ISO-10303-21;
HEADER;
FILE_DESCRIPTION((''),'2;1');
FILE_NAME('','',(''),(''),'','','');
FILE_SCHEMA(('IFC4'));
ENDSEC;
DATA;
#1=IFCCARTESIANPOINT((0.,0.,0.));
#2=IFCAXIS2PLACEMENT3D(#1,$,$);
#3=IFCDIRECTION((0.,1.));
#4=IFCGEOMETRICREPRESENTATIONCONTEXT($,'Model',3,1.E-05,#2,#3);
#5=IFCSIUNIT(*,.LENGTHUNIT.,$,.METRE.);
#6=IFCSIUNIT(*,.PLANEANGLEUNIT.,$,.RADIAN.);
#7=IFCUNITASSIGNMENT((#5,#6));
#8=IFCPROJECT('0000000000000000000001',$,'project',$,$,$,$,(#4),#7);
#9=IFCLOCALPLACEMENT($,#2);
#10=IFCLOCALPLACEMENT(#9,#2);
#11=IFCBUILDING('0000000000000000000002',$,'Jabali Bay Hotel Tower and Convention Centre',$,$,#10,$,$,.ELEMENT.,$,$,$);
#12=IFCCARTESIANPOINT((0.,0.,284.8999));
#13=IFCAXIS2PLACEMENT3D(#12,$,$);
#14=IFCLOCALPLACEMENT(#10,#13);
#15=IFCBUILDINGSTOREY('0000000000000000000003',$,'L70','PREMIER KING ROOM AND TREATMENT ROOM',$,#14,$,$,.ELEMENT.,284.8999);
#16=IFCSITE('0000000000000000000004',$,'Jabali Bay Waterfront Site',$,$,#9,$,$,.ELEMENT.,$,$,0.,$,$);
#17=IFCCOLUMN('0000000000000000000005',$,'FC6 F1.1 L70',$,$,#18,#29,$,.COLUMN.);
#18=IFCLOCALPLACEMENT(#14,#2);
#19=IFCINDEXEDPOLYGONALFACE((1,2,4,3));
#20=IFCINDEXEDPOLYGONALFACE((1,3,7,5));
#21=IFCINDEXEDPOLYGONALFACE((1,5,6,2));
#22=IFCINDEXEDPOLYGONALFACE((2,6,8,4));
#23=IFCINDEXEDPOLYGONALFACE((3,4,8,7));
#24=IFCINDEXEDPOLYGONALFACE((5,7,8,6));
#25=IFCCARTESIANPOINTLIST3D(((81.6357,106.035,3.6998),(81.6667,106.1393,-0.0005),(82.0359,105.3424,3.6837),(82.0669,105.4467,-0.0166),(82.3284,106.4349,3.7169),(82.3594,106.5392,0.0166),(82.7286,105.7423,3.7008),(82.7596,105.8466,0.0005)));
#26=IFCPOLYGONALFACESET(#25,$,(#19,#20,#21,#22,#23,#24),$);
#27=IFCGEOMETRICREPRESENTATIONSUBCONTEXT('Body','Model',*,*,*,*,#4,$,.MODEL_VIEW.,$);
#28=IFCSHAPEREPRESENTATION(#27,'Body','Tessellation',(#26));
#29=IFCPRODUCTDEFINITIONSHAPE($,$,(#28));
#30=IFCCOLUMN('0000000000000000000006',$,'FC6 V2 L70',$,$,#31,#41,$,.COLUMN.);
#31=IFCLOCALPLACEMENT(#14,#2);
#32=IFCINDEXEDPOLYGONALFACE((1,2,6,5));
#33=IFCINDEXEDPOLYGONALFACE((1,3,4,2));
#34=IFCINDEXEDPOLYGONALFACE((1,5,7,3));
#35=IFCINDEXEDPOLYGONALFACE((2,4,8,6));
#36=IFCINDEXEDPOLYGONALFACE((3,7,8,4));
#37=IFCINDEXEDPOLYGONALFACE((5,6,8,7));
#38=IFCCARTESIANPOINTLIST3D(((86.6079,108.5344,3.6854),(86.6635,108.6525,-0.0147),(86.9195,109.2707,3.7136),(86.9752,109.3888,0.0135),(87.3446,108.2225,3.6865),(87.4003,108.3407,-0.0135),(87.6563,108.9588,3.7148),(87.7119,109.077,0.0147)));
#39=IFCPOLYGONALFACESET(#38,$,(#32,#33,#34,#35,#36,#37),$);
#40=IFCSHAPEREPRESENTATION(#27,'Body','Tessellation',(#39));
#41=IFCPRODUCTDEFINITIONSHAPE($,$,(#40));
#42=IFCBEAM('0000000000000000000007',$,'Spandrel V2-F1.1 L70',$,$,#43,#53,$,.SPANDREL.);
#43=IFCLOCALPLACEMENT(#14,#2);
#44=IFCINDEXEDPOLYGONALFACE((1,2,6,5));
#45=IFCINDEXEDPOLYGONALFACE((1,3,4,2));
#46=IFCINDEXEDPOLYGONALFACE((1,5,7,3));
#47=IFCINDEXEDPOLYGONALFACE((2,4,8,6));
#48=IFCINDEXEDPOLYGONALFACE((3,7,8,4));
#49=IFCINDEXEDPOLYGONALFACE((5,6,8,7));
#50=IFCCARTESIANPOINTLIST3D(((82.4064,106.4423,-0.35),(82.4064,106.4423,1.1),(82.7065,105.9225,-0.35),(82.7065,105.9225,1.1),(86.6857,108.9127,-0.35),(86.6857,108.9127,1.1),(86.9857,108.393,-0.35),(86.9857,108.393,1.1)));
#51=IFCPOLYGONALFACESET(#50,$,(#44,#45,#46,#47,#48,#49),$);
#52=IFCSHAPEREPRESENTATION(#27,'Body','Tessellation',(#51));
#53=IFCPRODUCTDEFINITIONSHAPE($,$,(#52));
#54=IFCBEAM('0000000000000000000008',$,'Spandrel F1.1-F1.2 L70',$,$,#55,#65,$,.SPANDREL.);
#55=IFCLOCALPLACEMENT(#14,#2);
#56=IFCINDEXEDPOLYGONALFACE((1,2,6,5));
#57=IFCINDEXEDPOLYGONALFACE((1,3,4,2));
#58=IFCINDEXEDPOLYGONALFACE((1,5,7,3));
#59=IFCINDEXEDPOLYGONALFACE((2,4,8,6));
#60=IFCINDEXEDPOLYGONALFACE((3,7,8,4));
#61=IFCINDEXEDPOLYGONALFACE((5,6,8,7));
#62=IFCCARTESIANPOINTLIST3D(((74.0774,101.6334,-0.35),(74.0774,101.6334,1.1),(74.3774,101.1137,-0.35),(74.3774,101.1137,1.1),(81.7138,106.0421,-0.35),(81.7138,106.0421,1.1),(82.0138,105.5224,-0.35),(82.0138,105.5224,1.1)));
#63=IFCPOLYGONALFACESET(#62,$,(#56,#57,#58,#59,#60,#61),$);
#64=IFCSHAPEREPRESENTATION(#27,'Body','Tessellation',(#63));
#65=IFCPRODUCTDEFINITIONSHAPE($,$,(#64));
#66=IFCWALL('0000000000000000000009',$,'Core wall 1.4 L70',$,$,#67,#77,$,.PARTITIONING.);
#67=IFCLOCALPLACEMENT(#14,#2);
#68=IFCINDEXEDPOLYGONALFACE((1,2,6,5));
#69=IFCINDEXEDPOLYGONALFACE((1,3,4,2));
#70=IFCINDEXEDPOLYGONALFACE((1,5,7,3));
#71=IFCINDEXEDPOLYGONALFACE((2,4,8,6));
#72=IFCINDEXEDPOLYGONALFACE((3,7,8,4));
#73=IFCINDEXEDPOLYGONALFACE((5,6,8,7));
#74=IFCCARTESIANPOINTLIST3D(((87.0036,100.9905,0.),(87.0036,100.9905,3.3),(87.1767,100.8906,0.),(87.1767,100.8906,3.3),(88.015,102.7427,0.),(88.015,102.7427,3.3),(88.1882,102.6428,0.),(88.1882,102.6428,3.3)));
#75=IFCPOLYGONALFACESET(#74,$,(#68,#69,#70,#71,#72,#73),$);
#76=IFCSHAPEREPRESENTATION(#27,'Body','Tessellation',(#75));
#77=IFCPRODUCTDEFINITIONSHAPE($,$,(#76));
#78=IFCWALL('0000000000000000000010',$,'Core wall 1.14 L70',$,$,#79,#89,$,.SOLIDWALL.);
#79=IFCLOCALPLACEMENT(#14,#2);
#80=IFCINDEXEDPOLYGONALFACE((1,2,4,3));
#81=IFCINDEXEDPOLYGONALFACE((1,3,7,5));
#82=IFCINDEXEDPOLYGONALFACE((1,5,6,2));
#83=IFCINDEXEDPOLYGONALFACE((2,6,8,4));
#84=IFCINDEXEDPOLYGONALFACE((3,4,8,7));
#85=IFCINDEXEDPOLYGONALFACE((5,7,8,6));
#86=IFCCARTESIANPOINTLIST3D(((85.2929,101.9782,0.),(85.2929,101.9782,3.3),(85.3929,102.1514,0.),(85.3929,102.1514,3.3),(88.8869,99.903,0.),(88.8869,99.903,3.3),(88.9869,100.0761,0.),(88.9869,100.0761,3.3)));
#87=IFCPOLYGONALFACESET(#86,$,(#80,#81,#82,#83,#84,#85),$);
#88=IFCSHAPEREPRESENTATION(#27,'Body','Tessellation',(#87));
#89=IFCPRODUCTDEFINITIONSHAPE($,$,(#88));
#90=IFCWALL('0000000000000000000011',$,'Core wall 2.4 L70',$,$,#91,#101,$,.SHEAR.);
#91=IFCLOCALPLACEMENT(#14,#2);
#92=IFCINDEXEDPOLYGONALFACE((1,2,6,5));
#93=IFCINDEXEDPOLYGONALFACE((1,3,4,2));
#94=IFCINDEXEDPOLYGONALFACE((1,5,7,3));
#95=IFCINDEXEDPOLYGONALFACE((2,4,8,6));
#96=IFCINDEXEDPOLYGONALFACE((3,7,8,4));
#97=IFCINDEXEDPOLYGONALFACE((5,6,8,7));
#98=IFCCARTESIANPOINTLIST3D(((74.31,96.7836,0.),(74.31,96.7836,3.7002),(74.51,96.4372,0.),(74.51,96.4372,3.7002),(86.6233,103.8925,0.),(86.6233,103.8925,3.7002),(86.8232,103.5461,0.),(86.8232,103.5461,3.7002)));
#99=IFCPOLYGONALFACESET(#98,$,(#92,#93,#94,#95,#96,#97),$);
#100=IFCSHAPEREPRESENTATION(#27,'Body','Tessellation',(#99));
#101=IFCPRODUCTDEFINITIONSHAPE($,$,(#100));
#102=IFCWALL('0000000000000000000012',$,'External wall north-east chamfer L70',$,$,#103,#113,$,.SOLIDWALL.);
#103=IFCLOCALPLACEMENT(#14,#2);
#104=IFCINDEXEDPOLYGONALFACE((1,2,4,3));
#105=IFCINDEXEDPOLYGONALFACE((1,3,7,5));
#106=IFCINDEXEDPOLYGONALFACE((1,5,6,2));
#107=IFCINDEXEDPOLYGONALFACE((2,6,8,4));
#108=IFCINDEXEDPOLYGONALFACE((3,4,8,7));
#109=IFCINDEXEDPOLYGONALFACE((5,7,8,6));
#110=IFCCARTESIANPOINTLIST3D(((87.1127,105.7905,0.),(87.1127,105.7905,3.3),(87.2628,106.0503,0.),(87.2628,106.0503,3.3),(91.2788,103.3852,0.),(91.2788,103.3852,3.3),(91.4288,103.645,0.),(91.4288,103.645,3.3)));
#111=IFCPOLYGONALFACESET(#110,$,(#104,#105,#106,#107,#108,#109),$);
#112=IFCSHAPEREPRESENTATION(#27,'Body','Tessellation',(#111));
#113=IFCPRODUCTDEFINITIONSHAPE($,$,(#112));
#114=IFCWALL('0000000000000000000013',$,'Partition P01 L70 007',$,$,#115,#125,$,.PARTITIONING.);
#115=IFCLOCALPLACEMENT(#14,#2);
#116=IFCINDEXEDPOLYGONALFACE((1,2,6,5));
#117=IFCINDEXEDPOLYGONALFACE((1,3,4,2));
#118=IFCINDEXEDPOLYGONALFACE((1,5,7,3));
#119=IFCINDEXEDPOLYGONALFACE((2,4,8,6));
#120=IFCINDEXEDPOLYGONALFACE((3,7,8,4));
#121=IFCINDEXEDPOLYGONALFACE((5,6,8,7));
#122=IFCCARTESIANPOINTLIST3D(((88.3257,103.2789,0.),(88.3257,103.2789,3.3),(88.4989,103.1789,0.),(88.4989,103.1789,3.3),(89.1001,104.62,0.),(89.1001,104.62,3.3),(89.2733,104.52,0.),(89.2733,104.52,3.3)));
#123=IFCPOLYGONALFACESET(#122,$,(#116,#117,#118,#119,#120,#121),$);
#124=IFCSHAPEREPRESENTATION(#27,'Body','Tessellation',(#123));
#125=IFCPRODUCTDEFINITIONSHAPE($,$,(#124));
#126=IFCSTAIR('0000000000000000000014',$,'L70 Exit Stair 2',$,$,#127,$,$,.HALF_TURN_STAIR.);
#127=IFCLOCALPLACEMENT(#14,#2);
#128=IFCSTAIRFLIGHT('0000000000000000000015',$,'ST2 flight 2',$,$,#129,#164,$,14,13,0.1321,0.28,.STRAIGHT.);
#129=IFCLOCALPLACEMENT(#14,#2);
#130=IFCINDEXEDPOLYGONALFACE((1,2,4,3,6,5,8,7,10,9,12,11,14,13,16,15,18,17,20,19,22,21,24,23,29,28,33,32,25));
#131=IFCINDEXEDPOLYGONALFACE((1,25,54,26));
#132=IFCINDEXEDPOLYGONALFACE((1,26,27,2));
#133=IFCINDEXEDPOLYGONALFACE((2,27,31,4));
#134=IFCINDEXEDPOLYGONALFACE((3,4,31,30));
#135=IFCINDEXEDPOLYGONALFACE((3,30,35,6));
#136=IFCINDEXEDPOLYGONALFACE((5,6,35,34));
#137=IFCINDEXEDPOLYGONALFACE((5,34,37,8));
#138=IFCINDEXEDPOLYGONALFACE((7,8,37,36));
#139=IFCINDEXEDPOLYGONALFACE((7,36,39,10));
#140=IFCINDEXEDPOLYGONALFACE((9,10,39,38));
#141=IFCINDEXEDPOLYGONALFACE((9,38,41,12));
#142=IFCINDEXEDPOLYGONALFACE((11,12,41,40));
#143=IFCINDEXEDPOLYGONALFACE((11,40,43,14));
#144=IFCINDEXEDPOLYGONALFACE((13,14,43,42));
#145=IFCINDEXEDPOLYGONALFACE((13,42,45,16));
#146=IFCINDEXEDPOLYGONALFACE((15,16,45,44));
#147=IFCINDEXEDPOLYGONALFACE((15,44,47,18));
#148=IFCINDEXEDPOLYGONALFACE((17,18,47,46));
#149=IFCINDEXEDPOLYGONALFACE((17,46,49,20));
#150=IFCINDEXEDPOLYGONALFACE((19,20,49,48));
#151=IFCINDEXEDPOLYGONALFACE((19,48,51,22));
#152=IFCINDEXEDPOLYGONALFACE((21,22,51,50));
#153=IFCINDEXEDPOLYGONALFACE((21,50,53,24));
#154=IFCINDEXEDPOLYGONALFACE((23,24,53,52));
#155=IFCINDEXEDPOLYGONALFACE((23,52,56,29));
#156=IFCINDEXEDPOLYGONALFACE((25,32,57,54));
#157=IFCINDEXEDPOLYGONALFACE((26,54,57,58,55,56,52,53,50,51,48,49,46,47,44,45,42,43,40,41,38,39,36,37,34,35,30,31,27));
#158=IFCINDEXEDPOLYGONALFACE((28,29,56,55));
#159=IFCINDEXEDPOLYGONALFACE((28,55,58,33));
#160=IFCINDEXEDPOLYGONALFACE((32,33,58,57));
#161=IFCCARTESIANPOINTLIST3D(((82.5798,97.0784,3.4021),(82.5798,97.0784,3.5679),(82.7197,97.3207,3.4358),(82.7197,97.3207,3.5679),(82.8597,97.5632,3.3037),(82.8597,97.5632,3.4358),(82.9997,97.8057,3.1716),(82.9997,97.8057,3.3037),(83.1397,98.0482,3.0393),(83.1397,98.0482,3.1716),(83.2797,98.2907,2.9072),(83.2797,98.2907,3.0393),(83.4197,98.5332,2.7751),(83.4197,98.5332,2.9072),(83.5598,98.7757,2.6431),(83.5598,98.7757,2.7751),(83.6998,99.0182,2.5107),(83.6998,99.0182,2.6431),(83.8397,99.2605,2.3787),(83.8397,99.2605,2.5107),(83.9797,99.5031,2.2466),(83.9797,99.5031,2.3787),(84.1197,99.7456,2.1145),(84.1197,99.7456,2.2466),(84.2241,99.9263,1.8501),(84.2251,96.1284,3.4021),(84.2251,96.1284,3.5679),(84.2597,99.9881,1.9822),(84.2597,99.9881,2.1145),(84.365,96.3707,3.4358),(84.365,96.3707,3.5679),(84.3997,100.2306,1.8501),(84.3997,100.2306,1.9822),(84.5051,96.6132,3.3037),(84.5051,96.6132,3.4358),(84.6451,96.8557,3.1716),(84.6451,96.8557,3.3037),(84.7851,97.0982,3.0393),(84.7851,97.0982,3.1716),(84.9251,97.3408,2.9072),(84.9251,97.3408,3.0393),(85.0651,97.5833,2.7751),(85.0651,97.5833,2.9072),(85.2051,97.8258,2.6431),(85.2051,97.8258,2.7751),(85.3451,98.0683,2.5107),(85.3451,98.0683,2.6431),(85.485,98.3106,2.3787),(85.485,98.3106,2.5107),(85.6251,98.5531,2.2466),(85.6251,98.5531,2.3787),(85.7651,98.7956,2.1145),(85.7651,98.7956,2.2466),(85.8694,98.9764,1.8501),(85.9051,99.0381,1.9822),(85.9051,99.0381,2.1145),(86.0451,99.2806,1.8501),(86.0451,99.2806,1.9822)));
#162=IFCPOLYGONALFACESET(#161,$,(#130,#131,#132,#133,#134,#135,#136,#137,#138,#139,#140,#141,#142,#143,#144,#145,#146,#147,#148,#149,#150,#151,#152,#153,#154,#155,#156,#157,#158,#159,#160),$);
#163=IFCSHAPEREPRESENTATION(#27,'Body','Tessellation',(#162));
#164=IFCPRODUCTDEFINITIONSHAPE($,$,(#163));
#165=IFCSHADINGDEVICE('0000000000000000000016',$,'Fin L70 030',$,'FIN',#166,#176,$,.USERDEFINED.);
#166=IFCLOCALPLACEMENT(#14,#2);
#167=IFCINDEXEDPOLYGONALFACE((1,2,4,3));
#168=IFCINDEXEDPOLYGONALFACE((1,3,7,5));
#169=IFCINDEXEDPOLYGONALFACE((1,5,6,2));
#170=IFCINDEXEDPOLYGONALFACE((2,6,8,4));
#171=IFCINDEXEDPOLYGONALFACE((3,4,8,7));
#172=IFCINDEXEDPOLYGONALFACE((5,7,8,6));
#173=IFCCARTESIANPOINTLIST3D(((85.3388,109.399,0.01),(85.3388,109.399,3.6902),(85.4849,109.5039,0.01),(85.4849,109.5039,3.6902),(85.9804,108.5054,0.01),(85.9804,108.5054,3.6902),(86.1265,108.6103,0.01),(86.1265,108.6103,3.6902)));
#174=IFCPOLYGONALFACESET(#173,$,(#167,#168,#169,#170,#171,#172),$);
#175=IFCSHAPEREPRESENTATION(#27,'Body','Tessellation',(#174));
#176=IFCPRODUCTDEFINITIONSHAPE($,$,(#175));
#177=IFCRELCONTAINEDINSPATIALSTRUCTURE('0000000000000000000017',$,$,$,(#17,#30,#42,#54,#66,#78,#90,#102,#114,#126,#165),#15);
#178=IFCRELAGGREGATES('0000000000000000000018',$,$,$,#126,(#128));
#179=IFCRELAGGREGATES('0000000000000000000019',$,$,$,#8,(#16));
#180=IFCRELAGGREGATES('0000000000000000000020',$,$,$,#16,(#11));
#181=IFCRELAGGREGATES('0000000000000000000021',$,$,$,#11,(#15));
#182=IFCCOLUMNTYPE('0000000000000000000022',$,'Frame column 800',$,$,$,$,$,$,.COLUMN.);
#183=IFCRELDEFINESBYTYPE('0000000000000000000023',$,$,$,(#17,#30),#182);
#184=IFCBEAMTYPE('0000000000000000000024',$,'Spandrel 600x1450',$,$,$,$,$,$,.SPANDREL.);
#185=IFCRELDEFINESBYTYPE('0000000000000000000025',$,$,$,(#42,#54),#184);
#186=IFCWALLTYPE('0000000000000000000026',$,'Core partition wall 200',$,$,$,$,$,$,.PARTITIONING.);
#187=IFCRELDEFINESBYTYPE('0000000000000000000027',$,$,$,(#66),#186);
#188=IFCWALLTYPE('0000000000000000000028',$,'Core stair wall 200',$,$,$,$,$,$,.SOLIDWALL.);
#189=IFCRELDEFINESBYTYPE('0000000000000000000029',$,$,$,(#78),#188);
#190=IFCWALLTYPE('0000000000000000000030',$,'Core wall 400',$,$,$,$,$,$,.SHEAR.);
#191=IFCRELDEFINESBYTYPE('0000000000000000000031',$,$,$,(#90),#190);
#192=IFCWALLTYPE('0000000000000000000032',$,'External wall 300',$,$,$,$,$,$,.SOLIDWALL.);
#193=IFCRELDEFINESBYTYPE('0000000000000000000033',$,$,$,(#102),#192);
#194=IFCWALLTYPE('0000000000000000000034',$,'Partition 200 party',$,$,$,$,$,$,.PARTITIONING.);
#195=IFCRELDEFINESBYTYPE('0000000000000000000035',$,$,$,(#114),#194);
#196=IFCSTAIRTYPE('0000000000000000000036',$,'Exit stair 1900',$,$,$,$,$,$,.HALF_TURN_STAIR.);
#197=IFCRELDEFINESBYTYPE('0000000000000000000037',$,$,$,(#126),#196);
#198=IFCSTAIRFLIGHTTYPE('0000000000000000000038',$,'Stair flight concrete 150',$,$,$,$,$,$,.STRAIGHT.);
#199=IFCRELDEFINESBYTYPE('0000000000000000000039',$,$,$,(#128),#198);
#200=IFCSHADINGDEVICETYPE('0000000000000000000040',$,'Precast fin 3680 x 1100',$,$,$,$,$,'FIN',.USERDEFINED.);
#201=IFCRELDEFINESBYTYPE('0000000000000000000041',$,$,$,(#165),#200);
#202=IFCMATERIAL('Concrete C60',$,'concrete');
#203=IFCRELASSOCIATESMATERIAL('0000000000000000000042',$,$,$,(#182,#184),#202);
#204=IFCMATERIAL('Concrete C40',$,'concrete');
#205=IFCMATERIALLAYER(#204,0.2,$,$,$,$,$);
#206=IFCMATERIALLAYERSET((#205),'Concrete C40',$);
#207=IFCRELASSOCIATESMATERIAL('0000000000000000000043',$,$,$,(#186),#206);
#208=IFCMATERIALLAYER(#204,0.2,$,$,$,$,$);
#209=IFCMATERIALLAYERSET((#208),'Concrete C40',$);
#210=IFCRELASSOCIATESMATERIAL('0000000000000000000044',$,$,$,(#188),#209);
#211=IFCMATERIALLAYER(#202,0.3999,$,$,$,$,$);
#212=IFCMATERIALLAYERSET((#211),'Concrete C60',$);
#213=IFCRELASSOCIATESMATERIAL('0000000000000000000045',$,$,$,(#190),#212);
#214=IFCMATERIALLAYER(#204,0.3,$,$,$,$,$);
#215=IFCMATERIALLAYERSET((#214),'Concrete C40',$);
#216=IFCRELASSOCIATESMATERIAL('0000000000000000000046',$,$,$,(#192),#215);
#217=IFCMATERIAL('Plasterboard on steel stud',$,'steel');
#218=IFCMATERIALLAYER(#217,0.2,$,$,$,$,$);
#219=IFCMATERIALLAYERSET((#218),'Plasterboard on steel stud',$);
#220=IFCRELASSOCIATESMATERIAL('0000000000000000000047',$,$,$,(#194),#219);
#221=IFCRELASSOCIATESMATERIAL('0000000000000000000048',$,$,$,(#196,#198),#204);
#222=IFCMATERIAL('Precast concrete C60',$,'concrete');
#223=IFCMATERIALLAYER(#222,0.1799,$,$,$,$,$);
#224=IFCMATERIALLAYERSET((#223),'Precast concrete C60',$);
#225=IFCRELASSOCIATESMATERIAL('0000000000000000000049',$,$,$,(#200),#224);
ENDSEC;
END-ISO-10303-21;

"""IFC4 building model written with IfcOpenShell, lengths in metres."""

from ifc_helpers import new_model, si_unit, direction, frame, frame_2d, origin, origin_2d, place, context, subcontext, project, spatial, polyline, rectangle, outline, extrude, material, layer, layer_set, material_profile, profile_set, type_object, element, aggregate, save


model = new_model("IFC4")

# Units and contexts
model_context = context("Model", 3, precision=1e-05, world=origin(), true_north=direction((0.0, 1.0)))
body_context = subcontext(model_context, "Body", "Model", "MODEL_VIEW")
ifc_project = project(units=[si_unit("LENGTHUNIT", "METRE"), si_unit("PLANEANGLEUNIT", "RADIAN")], contexts=[model_context])

# Site, building, storey
site_placement = place(None, origin())
site = spatial("IfcSite", under=ifc_project, at=site_placement, Name="Jabali Bay Waterfront Site", CompositionType="ELEMENT", RefElevation=0.0)
building_placement = place(site_placement, origin())
building = spatial("IfcBuilding", under=site, at=building_placement, Name="Jabali Bay Hotel Tower and Convention Centre", CompositionType="ELEMENT")
storey_placement = place(building_placement, frame((0.0, 0.0, 284.8999)))
storey = spatial("IfcBuildingStorey", under=building, at=storey_placement, Name="L70", Description="PREMIER KING ROOM AND TREATMENT ROOM", CompositionType="ELEMENT", Elevation=284.8999)

# Columns
ifc_material_1 = material(Name="Concrete C60", Category="concrete")
ifc_material_profile_1 = material_profile(ifc_material_1, rectangle(XDim=0.8, YDim=0.8, at=origin_2d()), Name="Frame column 800")
ifc_profile_set_1 = profile_set([ifc_material_profile_1], Name="Concrete C60")
column_type = type_object("IfcColumnType", Name="Frame column 800", PredefinedType="COLUMN", material=ifc_profile_set_1)
column_1_placement = place(storey_placement, frame((82.2131, 105.9929, 0.0), z_axis=(-0.008376, -0.028161, 0.999568), x_axis=(0.865852, 0.499845, 0.021338)))
element("IfcColumn", 1, at=column_1_placement, inside=storey, type_object=column_type, Name="FC6 F1.1 L70", PredefinedType="COLUMN", context=body_context, shape_type="SweptSolid", body=[
    extrude(rectangle(XDim=0.8, YDim=0.8, at=origin_2d()), origin(), (0.0, 0.0, 1.0), 3.7019),
])
column_2_placement = place(storey_placement, frame((87.1877, 108.8647, 0.0), z_axis=(-0.015034, -0.031915, 0.999378), x_axis=(0.920895, -0.389809, 0.001405)))
element("IfcColumn", 2, at=column_2_placement, inside=storey, type_object=column_type, Name="FC6 V2 L70", PredefinedType="COLUMN", context=body_context, shape_type="SweptSolid", body=[
    extrude(rectangle(XDim=0.8, YDim=0.8, at=origin_2d()), origin(), (0.0, 0.0, 1.0), 3.7024),
])

# Beams
ifc_material_profile_2 = material_profile(ifc_material_1, rectangle(XDim=0.6001, YDim=1.45, at=origin_2d()), Name="Spandrel 600x1450")
ifc_profile_set_2 = profile_set([ifc_material_profile_2], Name="Concrete C60")
beam_type = type_object("IfcBeamType", Name="Spandrel 600x1450", PredefinedType="SPANDREL", material=ifc_profile_set_2)
beam_1_placement = place(storey_placement, frame((86.8357, 108.6528, 0.375), z_axis=(-0.866042, -0.499971, 0.0), x_axis=(0.499971, -0.866042, 0.0)))
element("IfcBeam", 3, at=beam_1_placement, inside=storey, type_object=beam_type, Name="Spandrel V2-F1.1 L70", PredefinedType="SPANDREL", context=body_context, shape_type="SweptSolid", body=[
    extrude(rectangle(XDim=0.6001, YDim=1.45, at=origin_2d()), origin(), (0.0, 0.0, 1.0), 4.9412),
])
beam_2_placement = place(storey_placement, frame((81.8638, 105.7822, 0.375), z_axis=(-0.866037, -0.49998, 0.0), x_axis=(0.49998, -0.866037, 0.0)))
element("IfcBeam", 4, at=beam_2_placement, inside=storey, type_object=beam_type, Name="Spandrel F1.1-F1.2 L70", PredefinedType="SPANDREL", context=body_context, shape_type="SweptSolid", body=[
    extrude(rectangle(XDim=0.6001, YDim=1.45, at=origin_2d()), origin(), (0.0, 0.0, 1.0), 8.8176),
])

# Walls
ifc_material_2 = material(Name="Concrete C40", Category="concrete")
ifc_layer_1 = layer(ifc_material_2, 0.2)
ifc_layer_set_1 = layer_set([ifc_layer_1], Name="Concrete C40")
wall_type_1 = type_object("IfcWallType", Name="Core partition wall 200", PredefinedType="PARTITIONING", material=ifc_layer_set_1)
wall_1_placement = place(storey_placement, frame((87.0901, 100.9404, 0.0), z_axis=(0.0, 0.0, 1.0), x_axis=(0.499942, 0.866059, 0.0)))
element("IfcWall", 5, at=wall_1_placement, inside=storey, type_object=wall_type_1, Name="Core wall 1.4 L70", PredefinedType="PARTITIONING", context=body_context, shape_type="SweptSolid", body=[
    extrude(rectangle(XDim=2.0232, YDim=0.2, at=frame_2d((1.0117, 0.0))), origin(), (0.0, 0.0, 1.0), 3.3),
])
ifc_layer_2 = layer(ifc_material_2, 0.2)
ifc_layer_set_2 = layer_set([ifc_layer_2], Name="Concrete C40")
wall_type_2 = type_object("IfcWallType", Name="Core stair wall 200", PredefinedType="SOLIDWALL", material=ifc_layer_set_2)
wall_2_placement = place(storey_placement, frame((88.937, 99.9895, 0.0), z_axis=(0.0, 0.0, 1.0), x_axis=(-0.866004, 0.500036, 0.0)))
element("IfcWall", 6, at=wall_2_placement, inside=storey, type_object=wall_type_2, Name="Core wall 1.14 L70", PredefinedType="SOLIDWALL", context=body_context, shape_type="SweptSolid", body=[
    extrude(rectangle(XDim=4.1501, YDim=0.2, at=frame_2d((2.0752, 0.0))), origin(), (0.0, 0.0, 1.0), 3.3),
])
ifc_layer_3 = layer(ifc_material_1, 0.3999)
ifc_layer_set_3 = layer_set([ifc_layer_3], Name="Concrete C60")
wall_type_3 = type_object("IfcWallType", Name="Core wall 400", PredefinedType="SHEAR", material=ifc_layer_set_3)
wall_3_placement = place(storey_placement, frame((86.7231, 103.7192, 0.0), z_axis=(0.0, 0.0, 1.0), x_axis=(-0.86603, -0.499991, 0.0)))
element("IfcWall", 7, at=wall_3_placement, inside=storey, type_object=wall_type_3, Name="Core wall 2.4 L70", PredefinedType="SHEAR", context=body_context, shape_type="SweptSolid", body=[
    extrude(rectangle(XDim=14.218, YDim=0.3999, at=frame_2d((7.1089, 0.0))), origin(), (0.0, 0.0, 1.0), 3.7002),
])
ifc_layer_4 = layer(ifc_material_2, 0.3)
ifc_layer_set_4 = layer_set([ifc_layer_4], Name="Concrete C40")
wall_type_4 = type_object("IfcWallType", Name="External wall 300", PredefinedType="SOLIDWALL", material=ifc_layer_set_4)
wall_4_placement = place(storey_placement, frame((87.1877, 105.9204, 0.0), z_axis=(0.0, 0.0, 1.0), x_axis=(0.866023, -0.500004, 0.0)))
element("IfcWall", 8, at=wall_4_placement, inside=storey, type_object=wall_type_4, Name="External wall north-east chamfer L70", PredefinedType="SOLIDWALL", context=body_context, shape_type="SweptSolid", body=[
    extrude(rectangle(XDim=4.8105, YDim=0.3, at=frame_2d((2.4053, 0.0))), origin(), (0.0, 0.0, 1.0), 3.3),
])
ifc_material_3 = material(Name="Plasterboard on steel stud", Category="steel")
ifc_layer_5 = layer(ifc_material_3, 0.2)
ifc_layer_set_5 = layer_set([ifc_layer_5], Name="Plasterboard on steel stud")
wall_type_5 = type_object("IfcWallType", Name="Partition 200 party", PredefinedType="PARTITIONING", material=ifc_layer_set_5)
wall_5_placement = place(storey_placement, frame((89.1868, 104.5701, 0.0), z_axis=(0.0, 0.0, 1.0), x_axis=(-0.500073, -0.865983, 0.0)))
element("IfcWall", 9, at=wall_5_placement, inside=storey, type_object=wall_type_5, Name="Partition P01 L70 007", PredefinedType="PARTITIONING", context=body_context, shape_type="SweptSolid", body=[
    extrude(rectangle(XDim=1.5486, YDim=0.2, at=frame_2d((0.7744, 0.0))), origin(), (0.0, 0.0, 1.0), 3.3),
])

# Stair, stair flight
stair_type = type_object("IfcStairType", Name="Exit stair 1900", PredefinedType="HALF_TURN_STAIR", material=ifc_material_2)
stair_placement = place(storey_placement, origin())
stair = element("IfcStair", 10, at=stair_placement, inside=storey, type_object=stair_type, Name="L70 Exit Stair 2", PredefinedType="HALF_TURN_STAIR")
stair_flight_type = type_object("IfcStairFlightType", Name="Stair flight concrete 150", PredefinedType="STRAIGHT", material=ifc_material_2)
stair_flight_placement = place(storey_placement, frame((85.2224, 99.7556, 1.8501), z_axis=(0.0, 0.0, 1.0), x_axis=(-0.5, -0.866025, 0.0)))
stair_flight = element("IfcStairFlight", 11, at=stair_flight_placement, type_object=stair_flight_type, Name="ST2 flight 2", NumberOfRisers=14, NumberOfTreads=13, PredefinedType="STRAIGHT", RiserHeight=0.1321, TreadLength=0.28, context=body_context, shape_type="SweptSolid", body=[
    extrude(outline(polyline([(0.0, 0.0), (0.0, 0.1321), (0.28, 0.1321), (0.28, 0.2644), (0.5601, 0.2644), (0.5601, 0.3965), (0.8401, 0.3965), (0.8401, 0.5286), (1.1201, 0.5286), (1.1201, 0.6606), (1.3999, 0.6606), (1.3999, 0.793), (1.6799, 0.793), (1.6799, 0.925), (1.96, 0.925), (1.96, 1.0571), (2.24, 1.0571), (2.24, 1.1892), (2.52, 1.1892), (2.52, 1.3215), (2.8, 1.3215), (2.8, 1.4536), (3.0801, 1.4536), (3.0801, 1.5857), (3.3601, 1.5857), (3.3601, 1.7178), (3.6399, 1.7178), (3.6399, 1.8501), (3.6399, 1.552), (0.3513, 0.0), (0.0, 0.0)])), frame((0.0, 0.95, 0.0), z_axis=(0.0, -1.0, 0.0), x_axis=(1.0, 0.0, 0.0)), (0.0, 0.0, 1.0), 1.8999),
])
aggregate(stair, [stair_flight])

# Shading device
ifc_material_4 = material(Name="Precast concrete C60", Category="concrete")
ifc_layer_6 = layer(ifc_material_4, 0.1799)
ifc_layer_set_6 = layer_set([ifc_layer_6], Name="Precast concrete C60")
shading_device_type_1 = type_object("IfcShadingDeviceType", Name="Precast fin 3680 x 1100", ElementType="FIN", PredefinedType="USERDEFINED", material=ifc_layer_set_6)
for number, where, z_axis, x_axis, name in (
    (12, (86.0535, 108.5579, 0.01), (0.0, 0.0, 1.0), (-0.583252, 0.812291, 0.0), "Fin L70 030"),
):
    element("IfcShadingDevice", number, at=place(storey_placement, frame(where, z_axis=z_axis, x_axis=x_axis)), inside=storey, type_object=shading_device_type_1, Name=name, ObjectType="FIN", PredefinedType="USERDEFINED", context=body_context, shape_type="SweptSolid", body=[
        extrude(rectangle(XDim=1.1001, YDim=0.1799, at=frame_2d((0.55, 0.0))), origin(), (0.0, 0.0, 1.0), 3.6802),
    ])

save(model, "model.ifc")
